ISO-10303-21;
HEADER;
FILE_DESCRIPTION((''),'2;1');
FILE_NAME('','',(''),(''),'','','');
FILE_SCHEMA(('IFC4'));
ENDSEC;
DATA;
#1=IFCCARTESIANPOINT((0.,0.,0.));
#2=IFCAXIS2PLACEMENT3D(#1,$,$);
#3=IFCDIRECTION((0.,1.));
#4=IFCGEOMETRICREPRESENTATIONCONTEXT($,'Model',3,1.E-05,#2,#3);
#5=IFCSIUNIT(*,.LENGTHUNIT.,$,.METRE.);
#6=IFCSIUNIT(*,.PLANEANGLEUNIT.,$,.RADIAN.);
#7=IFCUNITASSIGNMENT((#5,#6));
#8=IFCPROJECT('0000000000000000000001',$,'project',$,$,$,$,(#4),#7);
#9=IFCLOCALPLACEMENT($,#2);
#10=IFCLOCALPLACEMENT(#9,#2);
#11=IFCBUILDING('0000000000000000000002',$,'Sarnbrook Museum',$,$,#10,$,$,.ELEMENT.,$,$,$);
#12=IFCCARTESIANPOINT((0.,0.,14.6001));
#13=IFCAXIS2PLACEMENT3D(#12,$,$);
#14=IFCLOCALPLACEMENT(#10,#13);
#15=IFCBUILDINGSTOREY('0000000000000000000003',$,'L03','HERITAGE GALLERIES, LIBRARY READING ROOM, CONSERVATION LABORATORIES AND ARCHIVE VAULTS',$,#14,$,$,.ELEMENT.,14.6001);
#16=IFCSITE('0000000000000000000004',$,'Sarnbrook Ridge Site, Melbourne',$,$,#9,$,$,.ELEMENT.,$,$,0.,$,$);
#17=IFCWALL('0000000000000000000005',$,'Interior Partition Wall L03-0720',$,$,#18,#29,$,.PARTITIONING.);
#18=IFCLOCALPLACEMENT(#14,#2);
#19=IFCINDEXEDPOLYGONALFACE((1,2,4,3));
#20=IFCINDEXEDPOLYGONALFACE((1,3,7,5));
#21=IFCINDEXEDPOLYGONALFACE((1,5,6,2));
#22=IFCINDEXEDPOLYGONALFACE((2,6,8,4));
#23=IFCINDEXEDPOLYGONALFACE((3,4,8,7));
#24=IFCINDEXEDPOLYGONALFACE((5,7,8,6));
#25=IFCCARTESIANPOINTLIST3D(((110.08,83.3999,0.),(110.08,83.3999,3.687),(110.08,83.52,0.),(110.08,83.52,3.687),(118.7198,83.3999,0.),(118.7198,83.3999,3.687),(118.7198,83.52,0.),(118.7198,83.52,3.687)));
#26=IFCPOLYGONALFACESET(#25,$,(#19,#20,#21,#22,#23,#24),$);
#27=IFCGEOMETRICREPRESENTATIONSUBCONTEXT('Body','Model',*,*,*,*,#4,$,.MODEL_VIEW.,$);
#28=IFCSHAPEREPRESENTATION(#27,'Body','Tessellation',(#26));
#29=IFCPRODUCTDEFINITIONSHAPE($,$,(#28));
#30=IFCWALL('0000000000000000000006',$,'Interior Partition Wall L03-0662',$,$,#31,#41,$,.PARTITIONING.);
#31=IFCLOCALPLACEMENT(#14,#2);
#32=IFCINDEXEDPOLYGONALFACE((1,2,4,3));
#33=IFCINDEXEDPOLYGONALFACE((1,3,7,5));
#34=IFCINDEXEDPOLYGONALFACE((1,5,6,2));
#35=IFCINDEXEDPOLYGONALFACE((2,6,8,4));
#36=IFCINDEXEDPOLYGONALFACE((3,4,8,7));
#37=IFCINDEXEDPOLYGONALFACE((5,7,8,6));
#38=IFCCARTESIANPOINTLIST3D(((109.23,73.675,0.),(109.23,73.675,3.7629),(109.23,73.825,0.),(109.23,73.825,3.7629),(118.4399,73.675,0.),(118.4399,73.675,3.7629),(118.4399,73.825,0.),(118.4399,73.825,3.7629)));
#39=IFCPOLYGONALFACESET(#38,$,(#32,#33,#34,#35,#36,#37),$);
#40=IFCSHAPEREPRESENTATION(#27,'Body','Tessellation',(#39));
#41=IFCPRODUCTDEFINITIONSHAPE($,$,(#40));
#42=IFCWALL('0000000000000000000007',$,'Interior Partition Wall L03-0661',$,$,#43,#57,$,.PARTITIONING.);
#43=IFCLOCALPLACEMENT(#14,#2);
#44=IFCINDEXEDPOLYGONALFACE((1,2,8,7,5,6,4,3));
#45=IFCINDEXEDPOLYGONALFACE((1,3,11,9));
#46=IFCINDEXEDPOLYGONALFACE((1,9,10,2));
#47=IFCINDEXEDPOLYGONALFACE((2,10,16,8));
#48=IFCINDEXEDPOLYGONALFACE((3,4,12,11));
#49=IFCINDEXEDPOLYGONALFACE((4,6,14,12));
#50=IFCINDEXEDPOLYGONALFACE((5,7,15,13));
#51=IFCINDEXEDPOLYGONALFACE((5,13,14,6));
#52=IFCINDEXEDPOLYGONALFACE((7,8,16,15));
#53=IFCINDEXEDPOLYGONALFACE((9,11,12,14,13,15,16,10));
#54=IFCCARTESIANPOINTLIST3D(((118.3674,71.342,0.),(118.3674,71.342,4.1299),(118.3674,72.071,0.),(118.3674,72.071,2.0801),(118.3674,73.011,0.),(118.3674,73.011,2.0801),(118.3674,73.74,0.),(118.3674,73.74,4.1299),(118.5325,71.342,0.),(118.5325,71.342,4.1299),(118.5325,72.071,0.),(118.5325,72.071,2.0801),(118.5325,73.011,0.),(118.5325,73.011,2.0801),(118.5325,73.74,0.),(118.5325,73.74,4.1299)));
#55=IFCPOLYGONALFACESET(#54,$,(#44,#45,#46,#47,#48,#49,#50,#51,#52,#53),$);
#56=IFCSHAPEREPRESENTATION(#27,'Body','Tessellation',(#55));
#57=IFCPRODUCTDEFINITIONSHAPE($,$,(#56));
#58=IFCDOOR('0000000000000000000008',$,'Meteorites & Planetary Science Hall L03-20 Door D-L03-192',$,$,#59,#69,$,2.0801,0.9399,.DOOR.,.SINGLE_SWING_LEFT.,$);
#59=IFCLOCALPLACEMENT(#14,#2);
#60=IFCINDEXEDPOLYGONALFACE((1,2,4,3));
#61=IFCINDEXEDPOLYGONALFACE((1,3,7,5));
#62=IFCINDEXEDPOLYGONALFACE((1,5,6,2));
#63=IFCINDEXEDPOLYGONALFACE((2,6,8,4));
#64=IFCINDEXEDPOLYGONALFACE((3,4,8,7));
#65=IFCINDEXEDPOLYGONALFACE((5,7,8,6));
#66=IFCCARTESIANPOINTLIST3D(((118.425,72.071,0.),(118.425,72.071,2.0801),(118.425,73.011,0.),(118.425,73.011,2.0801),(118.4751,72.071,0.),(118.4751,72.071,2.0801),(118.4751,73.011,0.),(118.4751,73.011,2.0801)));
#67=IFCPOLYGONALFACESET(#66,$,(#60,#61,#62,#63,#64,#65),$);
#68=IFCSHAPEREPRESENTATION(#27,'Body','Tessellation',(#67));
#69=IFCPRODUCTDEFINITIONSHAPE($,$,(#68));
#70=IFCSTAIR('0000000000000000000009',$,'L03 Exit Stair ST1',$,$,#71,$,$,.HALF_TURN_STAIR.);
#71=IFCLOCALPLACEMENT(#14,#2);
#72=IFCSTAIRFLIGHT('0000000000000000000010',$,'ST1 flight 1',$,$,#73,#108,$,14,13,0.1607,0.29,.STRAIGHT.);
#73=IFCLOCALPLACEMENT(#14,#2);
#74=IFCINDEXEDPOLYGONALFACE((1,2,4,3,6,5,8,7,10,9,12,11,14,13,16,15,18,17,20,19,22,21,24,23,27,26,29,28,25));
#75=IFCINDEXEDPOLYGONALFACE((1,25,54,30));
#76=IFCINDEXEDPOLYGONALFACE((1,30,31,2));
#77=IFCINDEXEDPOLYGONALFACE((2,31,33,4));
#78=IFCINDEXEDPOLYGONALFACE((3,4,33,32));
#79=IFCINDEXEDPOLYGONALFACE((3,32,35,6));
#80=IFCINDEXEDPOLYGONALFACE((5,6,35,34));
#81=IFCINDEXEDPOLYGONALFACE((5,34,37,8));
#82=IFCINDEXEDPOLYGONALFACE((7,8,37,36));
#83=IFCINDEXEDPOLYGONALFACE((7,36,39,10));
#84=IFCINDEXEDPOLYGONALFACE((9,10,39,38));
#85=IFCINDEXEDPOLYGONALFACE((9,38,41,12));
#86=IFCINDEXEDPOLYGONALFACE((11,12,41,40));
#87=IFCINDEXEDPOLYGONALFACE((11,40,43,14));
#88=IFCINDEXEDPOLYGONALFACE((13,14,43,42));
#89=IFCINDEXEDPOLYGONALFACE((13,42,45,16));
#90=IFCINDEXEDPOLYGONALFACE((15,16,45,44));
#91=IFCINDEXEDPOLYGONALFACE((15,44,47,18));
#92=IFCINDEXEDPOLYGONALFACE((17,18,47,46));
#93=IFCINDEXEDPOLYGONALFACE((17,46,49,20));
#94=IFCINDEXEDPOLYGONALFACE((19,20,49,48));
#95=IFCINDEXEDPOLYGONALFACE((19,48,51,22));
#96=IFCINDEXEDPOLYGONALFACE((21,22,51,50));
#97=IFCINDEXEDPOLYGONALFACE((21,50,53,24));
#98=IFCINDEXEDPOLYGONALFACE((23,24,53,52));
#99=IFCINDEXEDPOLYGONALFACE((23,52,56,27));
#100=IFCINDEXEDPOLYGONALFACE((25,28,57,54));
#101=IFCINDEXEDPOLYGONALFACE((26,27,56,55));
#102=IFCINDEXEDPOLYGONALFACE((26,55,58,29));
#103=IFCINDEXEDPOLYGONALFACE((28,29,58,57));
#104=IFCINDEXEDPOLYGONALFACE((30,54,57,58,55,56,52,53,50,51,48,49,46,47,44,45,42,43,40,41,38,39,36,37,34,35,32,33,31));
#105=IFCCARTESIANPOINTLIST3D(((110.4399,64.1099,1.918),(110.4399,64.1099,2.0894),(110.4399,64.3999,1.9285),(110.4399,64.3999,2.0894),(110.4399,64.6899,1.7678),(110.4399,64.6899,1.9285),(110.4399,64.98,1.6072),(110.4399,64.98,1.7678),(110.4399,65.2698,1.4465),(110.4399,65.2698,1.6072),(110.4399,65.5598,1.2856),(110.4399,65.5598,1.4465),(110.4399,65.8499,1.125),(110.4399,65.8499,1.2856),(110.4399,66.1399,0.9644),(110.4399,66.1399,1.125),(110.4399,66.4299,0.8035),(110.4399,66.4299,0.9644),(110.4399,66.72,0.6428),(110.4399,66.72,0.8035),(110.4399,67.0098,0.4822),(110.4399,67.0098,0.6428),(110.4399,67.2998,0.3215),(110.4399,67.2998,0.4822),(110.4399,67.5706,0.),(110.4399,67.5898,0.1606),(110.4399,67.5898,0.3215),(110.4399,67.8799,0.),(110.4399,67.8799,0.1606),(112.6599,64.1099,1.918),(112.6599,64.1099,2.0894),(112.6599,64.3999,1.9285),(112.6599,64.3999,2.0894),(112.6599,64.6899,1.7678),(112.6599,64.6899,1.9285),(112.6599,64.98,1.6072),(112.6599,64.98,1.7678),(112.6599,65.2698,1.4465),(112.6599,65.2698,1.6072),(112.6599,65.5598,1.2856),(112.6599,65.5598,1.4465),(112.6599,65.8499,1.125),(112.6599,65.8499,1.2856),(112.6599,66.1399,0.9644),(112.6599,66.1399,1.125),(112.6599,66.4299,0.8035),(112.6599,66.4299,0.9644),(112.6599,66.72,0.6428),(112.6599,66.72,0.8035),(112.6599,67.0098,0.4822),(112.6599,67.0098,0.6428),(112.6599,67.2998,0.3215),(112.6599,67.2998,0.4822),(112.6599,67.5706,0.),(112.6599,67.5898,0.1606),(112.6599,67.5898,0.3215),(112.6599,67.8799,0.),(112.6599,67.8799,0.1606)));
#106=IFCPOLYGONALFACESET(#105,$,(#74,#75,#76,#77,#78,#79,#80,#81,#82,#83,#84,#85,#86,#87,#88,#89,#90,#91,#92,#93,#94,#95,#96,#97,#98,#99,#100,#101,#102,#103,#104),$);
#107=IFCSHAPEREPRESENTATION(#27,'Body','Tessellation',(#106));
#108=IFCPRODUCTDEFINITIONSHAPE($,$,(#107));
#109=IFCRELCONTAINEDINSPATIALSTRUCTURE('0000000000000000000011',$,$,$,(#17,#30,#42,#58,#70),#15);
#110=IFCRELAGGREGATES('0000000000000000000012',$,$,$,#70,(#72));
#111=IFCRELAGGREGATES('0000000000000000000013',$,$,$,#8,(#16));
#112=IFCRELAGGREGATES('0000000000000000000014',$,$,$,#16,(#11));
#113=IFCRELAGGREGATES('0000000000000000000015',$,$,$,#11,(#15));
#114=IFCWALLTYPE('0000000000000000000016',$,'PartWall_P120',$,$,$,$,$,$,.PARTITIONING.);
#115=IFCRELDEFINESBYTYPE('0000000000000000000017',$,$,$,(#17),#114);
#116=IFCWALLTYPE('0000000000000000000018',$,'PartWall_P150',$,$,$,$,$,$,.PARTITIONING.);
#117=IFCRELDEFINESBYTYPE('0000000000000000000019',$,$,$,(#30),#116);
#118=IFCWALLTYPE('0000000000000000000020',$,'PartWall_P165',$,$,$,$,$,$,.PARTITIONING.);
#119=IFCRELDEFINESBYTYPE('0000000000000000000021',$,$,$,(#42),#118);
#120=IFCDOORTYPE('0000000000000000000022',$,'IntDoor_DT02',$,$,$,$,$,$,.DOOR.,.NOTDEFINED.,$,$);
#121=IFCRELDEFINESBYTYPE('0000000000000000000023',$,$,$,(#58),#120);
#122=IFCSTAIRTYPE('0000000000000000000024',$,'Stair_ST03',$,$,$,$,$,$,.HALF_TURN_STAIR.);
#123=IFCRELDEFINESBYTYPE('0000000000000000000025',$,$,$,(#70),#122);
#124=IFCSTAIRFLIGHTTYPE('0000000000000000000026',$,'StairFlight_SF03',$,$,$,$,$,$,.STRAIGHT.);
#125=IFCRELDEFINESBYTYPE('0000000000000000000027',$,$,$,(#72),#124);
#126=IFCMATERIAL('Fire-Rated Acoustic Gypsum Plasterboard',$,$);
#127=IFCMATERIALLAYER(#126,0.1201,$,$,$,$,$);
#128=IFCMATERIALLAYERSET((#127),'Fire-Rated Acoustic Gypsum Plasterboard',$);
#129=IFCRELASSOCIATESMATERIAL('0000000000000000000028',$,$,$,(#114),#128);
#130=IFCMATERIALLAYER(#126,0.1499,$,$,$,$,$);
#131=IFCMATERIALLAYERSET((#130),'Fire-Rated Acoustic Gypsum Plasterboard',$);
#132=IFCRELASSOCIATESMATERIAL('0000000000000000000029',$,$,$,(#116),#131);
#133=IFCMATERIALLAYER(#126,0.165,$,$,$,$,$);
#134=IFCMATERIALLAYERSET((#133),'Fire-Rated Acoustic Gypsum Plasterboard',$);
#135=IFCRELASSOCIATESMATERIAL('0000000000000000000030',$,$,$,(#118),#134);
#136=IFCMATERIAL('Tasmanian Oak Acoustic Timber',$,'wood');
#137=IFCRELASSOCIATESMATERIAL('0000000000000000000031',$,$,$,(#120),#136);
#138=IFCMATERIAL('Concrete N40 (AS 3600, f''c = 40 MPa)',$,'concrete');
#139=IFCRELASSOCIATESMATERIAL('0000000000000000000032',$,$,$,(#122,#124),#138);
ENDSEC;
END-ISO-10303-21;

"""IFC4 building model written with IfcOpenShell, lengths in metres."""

from ifc_helpers import new_model, si_unit, direction, frame, frame_2d, origin, place, context, subcontext, project, spatial, polyline, rectangle, outline, extrude, material, layer, layer_set, type_object, element, fill, aggregate, save


model = new_model("IFC4")

# Units and contexts
model_context = context("Model", 3, precision=1e-05, world=origin(), true_north=direction((0.0, 1.0)))
body_context = subcontext(model_context, "Body", "Model", "MODEL_VIEW")
ifc_project = project(units=[si_unit("LENGTHUNIT", "METRE"), si_unit("PLANEANGLEUNIT", "RADIAN")], contexts=[model_context])

# Site, building, storey
site_placement = place(None, origin())
site = spatial("IfcSite", under=ifc_project, at=site_placement, Name="Sarnbrook Ridge Site, Melbourne", CompositionType="ELEMENT", RefElevation=0.0)
building_placement = place(site_placement, origin())
building = spatial("IfcBuilding", under=site, at=building_placement, Name="Sarnbrook Museum", CompositionType="ELEMENT")
storey_placement = place(building_placement, frame((0.0, 0.0, 14.6001)))
storey = spatial("IfcBuildingStorey", under=building, at=storey_placement, Name="L03", Description="HERITAGE GALLERIES, LIBRARY READING ROOM, CONSERVATION LABORATORIES AND ARCHIVE VAULTS", CompositionType="ELEMENT", Elevation=14.6001)

# Shared definitions
ifc_material_1 = material(Name="Tasmanian Oak Acoustic Timber", Category="wood")

# Walls
ifc_material_2 = material(Name="Fire-Rated Acoustic Gypsum Plasterboard")
ifc_layer_1 = layer(ifc_material_2, 0.1201)
ifc_layer_set_1 = layer_set([ifc_layer_1], Name="Fire-Rated Acoustic Gypsum Plasterboard")
wall_type_1 = type_object("IfcWallType", Name="PartWall_P120", PredefinedType="PARTITIONING", material=ifc_layer_set_1)
wall_1_placement = place(storey_placement, frame((110.0801, 83.46, 0.0), z_axis=(0.0, 0.0, 1.0), x_axis=(1.0, 0.0, 0.0)))
element("IfcWall", 1, at=wall_1_placement, inside=storey, type_object=wall_type_1, Name="Interior Partition Wall L03-0720", PredefinedType="PARTITIONING", context=body_context, shape_type="SweptSolid", body=[
    extrude(rectangle(XDim=8.6399, YDim=0.1201, at=frame_2d((4.3198, 0.0))), origin(), (0.0, 0.0, 1.0), 3.687),
])
ifc_layer_2 = layer(ifc_material_2, 0.1499)
ifc_layer_set_2 = layer_set([ifc_layer_2], Name="Fire-Rated Acoustic Gypsum Plasterboard")
wall_type_2 = type_object("IfcWallType", Name="PartWall_P150", PredefinedType="PARTITIONING", material=ifc_layer_set_2)
wall_2_placement = place(storey_placement, frame((118.4399, 73.75, 0.0), z_axis=(0.0, 0.0, 1.0), x_axis=(-1.0, 0.0, 0.0)))
element("IfcWall", 2, at=wall_2_placement, inside=storey, type_object=wall_type_2, Name="Interior Partition Wall L03-0662", PredefinedType="PARTITIONING", context=body_context, shape_type="SweptSolid", body=[
    extrude(rectangle(XDim=9.21, YDim=0.1499, at=frame_2d((4.605, 0.0))), origin(), (0.0, 0.0, 1.0), 3.7629),
])

# Wall, opening, door
ifc_layer_3 = layer(ifc_material_2, 0.165)
ifc_layer_set_3 = layer_set([ifc_layer_3], Name="Fire-Rated Acoustic Gypsum Plasterboard")
wall_type_3 = type_object("IfcWallType", Name="PartWall_P165", PredefinedType="PARTITIONING", material=ifc_layer_set_3)
wall_3_placement = place(storey_placement, frame((118.45, 71.342, 0.0), z_axis=(0.0, 0.0, 1.0), x_axis=(0.0, 1.0, 0.0)))
wall_3 = element("IfcWall", 3, at=wall_3_placement, inside=storey, type_object=wall_type_3, Name="Interior Partition Wall L03-0661", PredefinedType="PARTITIONING", context=body_context, shape_type="SweptSolid", body=[
    extrude(rectangle(XDim=2.3979, YDim=0.165, at=frame_2d((1.199, 0.0))), origin(), (0.0, 0.0, 1.0), 4.1299),
])
opening_1_placement = place(wall_3_placement, frame((0.729, 0.0, 0.0)))
opening_1 = element("IfcOpeningElement", 4, at=opening_1_placement, cuts=wall_3, PredefinedType="OPENING", context=body_context, shape_type="SweptSolid", body=[
    extrude(rectangle(XDim=0.9399, YDim=2.0801, at=frame_2d((0.47, 1.04))), frame((0.0, 0.0925, 0.0), z_axis=(0.0, -1.0, 0.0), x_axis=(1.0, 0.0, 0.0)), (0.0, 0.0, 1.0), 0.1851),
])
door_type_1 = type_object("IfcDoorType", Name="IntDoor_DT02", OperationType="NOTDEFINED", PredefinedType="DOOR", material=ifc_material_1)
door_1_placement = place(opening_1_placement, origin())
door_1 = element("IfcDoor", 5, at=door_1_placement, inside=storey, type_object=door_type_1, Name="Meteorites & Planetary Science Hall L03-20 Door D-L03-192", OperationType="SINGLE_SWING_LEFT", OverallHeight=2.0801, OverallWidth=0.9399, PredefinedType="DOOR", context=body_context, shape_type="SweptSolid", body=[
    extrude(rectangle(XDim=0.9399, YDim=2.0801, at=frame_2d((0.47, 1.04))), frame((0.0, 0.0249, 0.0), z_axis=(0.0, -1.0, 0.0), x_axis=(1.0, 0.0, 0.0)), (0.0, 0.0, 1.0), 0.05),
])
fill(opening_1, door_1)

# Stair, stair flight
ifc_material_3 = material(Name="Concrete N40 (AS 3600, f'c = 40 MPa)", Category="concrete")
stair_type = type_object("IfcStairType", Name="Stair_ST03", PredefinedType="HALF_TURN_STAIR", material=ifc_material_3)
stair_placement = place(storey_placement, origin())
stair = element("IfcStair", 6, at=stair_placement, inside=storey, type_object=stair_type, Name="L03 Exit Stair ST1", PredefinedType="HALF_TURN_STAIR")
stair_flight_type = type_object("IfcStairFlightType", Name="StairFlight_SF03", PredefinedType="STRAIGHT", material=ifc_material_3)
stair_flight_placement = place(storey_placement, frame((111.55, 67.8799, 0.0), z_axis=(0.0, 0.0, 1.0), x_axis=(0.0, -1.0, 0.0)))
stair_flight = element("IfcStairFlight", 7, at=stair_flight_placement, type_object=stair_flight_type, Name="ST1 flight 1", NumberOfRisers=14, NumberOfTreads=13, PredefinedType="STRAIGHT", RiserHeight=0.1607, TreadLength=0.29, context=body_context, shape_type="SweptSolid", body=[
    extrude(outline(polyline([(0.0, 0.0), (0.0, 0.1606), (0.29, 0.1606), (0.29, 0.3215), (0.5801, 0.3215), (0.5801, 0.4822), (0.8701, 0.4822), (0.8701, 0.6428), (1.1599, 0.6428), (1.1599, 0.8035), (1.45, 0.8035), (1.45, 0.9644), (1.74, 0.9644), (1.74, 1.125), (2.03, 1.125), (2.03, 1.2856), (2.3201, 1.2856), (2.3201, 1.4465), (2.6101, 1.4465), (2.6101, 1.6072), (2.8999, 1.6072), (2.8999, 1.7678), (3.1899, 1.7678), (3.1899, 1.9285), (3.48, 1.9285), (3.48, 2.0894), (3.77, 2.0894), (3.77, 2.25), (3.77, 1.918), (0.3093, 0.0), (0.0, 0.0)])), frame((0.0, 1.1099, 0.0), z_axis=(0.0, -1.0, 0.0), x_axis=(1.0, 0.0, 0.0)), (0.0, 0.0, 1.0), 2.22),
])
aggregate(stair, [stair_flight])

save(model, "model.ifc")
